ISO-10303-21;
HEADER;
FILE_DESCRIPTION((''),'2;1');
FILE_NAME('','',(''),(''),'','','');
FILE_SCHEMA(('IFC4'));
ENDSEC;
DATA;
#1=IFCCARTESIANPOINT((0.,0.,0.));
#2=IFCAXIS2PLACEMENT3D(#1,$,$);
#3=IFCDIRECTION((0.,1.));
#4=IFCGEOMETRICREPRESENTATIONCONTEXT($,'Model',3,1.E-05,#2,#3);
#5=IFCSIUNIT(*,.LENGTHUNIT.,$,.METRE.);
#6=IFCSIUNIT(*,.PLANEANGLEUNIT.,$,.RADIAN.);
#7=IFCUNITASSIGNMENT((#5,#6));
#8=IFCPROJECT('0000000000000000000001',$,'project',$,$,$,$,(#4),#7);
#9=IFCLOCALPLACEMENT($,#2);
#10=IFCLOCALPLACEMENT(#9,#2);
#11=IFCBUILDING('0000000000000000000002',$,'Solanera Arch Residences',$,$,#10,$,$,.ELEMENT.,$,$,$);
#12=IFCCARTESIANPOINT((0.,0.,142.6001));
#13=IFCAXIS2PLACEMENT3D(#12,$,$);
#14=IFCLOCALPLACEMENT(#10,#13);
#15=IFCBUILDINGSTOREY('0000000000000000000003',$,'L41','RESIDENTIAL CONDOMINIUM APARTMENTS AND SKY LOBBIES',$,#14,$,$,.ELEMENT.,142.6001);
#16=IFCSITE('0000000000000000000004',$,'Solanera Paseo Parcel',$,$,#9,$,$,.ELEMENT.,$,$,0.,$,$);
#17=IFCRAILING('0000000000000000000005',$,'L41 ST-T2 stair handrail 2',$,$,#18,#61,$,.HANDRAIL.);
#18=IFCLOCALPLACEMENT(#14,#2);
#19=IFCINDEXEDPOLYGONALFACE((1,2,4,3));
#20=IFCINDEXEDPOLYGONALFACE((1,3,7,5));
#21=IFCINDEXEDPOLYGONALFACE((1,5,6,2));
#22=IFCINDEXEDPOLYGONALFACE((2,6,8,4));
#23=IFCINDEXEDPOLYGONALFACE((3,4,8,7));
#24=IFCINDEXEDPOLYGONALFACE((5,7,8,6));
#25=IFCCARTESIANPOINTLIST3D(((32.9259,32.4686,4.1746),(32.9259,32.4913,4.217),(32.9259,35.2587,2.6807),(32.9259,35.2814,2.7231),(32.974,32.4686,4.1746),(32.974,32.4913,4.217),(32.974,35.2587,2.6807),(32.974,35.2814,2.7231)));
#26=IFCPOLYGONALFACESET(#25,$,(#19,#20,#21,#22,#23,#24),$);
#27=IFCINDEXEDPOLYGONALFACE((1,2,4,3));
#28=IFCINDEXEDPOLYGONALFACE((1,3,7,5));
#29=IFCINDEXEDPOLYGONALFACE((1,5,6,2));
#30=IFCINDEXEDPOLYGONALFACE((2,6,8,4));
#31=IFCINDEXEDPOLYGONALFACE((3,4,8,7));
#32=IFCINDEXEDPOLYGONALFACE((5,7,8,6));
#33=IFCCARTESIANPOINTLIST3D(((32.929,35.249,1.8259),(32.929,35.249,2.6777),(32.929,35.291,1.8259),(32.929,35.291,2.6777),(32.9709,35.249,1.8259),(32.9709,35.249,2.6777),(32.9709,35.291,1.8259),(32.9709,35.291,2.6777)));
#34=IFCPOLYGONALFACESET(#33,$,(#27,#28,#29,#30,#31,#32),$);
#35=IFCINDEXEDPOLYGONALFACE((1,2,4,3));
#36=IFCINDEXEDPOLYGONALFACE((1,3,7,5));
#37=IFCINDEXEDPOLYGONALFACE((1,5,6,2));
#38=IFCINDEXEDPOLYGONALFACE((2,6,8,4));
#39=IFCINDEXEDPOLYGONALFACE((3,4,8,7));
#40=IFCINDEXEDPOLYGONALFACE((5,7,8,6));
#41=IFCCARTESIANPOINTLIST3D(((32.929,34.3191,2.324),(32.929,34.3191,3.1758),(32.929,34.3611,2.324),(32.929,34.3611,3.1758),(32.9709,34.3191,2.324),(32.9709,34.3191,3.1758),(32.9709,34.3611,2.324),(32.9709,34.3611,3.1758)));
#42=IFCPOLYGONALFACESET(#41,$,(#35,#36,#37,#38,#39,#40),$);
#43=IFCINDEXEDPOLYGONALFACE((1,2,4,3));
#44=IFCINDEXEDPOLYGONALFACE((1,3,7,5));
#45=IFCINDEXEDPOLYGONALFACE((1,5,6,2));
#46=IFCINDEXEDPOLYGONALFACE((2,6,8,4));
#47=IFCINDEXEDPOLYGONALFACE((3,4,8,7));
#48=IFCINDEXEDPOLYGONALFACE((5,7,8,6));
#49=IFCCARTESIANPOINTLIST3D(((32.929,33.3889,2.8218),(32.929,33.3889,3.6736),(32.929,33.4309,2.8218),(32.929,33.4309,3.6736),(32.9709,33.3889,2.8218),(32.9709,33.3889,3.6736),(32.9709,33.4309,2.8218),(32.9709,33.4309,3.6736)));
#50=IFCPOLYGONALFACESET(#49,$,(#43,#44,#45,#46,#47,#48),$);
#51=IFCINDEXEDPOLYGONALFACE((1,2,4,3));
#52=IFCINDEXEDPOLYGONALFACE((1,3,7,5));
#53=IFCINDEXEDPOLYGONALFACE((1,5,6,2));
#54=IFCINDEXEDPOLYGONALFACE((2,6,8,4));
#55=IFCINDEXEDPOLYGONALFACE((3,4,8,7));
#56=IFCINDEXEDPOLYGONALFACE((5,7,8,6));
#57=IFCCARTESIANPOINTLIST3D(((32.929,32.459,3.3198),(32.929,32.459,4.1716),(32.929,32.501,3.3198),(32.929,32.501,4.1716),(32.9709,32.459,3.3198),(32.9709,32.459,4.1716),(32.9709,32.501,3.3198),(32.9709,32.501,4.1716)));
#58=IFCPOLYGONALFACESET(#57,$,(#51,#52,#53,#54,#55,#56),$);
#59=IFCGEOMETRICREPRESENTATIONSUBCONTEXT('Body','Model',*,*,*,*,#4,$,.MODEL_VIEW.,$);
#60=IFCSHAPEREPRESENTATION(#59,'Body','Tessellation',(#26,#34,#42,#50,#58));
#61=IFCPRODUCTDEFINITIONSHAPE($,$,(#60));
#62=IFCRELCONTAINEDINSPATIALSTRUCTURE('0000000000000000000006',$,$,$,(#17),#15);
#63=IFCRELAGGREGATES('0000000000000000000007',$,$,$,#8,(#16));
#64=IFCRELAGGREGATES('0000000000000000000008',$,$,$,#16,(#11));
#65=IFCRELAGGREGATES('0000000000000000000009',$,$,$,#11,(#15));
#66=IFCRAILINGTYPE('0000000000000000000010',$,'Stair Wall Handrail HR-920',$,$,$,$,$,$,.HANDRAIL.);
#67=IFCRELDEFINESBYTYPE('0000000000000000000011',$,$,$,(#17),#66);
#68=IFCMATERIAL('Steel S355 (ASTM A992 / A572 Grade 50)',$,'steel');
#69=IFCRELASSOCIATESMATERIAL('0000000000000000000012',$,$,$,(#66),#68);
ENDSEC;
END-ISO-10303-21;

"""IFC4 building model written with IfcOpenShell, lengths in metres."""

from ifc_helpers import new_model, si_unit, direction, frame, origin, origin_2d, place, context, subcontext, project, spatial, rectangle, extrude, material, type_object, element, save


model = new_model("IFC4")

# Units and contexts
model_context = context("Model", 3, precision=1e-05, world=origin(), true_north=direction((0.0, 1.0)))
body_context = subcontext(model_context, "Body", "Model", "MODEL_VIEW")
ifc_project = project(units=[si_unit("LENGTHUNIT", "METRE"), si_unit("PLANEANGLEUNIT", "RADIAN")], contexts=[model_context])

# Site, building, storey
site_placement = place(None, origin())
site = spatial("IfcSite", under=ifc_project, at=site_placement, Name="Solanera Paseo Parcel", CompositionType="ELEMENT", RefElevation=0.0)
building_placement = place(site_placement, origin())
building = spatial("IfcBuilding", under=site, at=building_placement, Name="Solanera Arch Residences", CompositionType="ELEMENT")
storey_placement = place(building_placement, frame((0.0, 0.0, 142.6001)))
storey = spatial("IfcBuildingStorey", under=building, at=storey_placement, Name="L41", Description="RESIDENTIAL CONDOMINIUM APARTMENTS AND SKY LOBBIES", CompositionType="ELEMENT", Elevation=142.6001)

# Railing
ifc_material_1 = material(Name="Steel S355 (ASTM A992 / A572 Grade 50)", Category="steel")
railing_type_1 = type_object("IfcRailingType", Name="Stair Wall Handrail HR-920", PredefinedType="HANDRAIL", material=ifc_material_1)
railing_1_placement = place(storey_placement, frame((32.95, 35.27, 1.8259)))
element("IfcRailing", 1, at=railing_1_placement, inside=storey, type_object=railing_type_1, Name="L41 ST-T2 stair handrail 2", PredefinedType="HANDRAIL", context=body_context, shape_type="SweptSolid", body=[
    extrude(rectangle(XDim=0.0481, YDim=0.0481, at=origin_2d()), frame((0.0, 0.0, 0.876), z_axis=(0.0, -0.881581, 0.472033), x_axis=(1.0, 0.0, 0.0)), (0.0, 0.0, 1.0), 3.1648),
    extrude(rectangle(XDim=0.042, YDim=0.042, at=origin_2d()), origin(), (0.0, 0.0, 1.0), 0.8518),
    extrude(rectangle(XDim=0.042, YDim=0.042, at=origin_2d()), frame((0.0, -0.9299, 0.498)), (0.0, 0.0, 1.0), 0.8518),
    extrude(rectangle(XDim=0.042, YDim=0.042, at=origin_2d()), frame((0.0, -1.8601, 0.9958)), (0.0, 0.0, 1.0), 0.8518),
    extrude(rectangle(XDim=0.042, YDim=0.042, at=origin_2d()), frame((0.0, -2.79, 1.4939)), (0.0, 0.0, 1.0), 0.8518),
])

save(model, "model.ifc")
